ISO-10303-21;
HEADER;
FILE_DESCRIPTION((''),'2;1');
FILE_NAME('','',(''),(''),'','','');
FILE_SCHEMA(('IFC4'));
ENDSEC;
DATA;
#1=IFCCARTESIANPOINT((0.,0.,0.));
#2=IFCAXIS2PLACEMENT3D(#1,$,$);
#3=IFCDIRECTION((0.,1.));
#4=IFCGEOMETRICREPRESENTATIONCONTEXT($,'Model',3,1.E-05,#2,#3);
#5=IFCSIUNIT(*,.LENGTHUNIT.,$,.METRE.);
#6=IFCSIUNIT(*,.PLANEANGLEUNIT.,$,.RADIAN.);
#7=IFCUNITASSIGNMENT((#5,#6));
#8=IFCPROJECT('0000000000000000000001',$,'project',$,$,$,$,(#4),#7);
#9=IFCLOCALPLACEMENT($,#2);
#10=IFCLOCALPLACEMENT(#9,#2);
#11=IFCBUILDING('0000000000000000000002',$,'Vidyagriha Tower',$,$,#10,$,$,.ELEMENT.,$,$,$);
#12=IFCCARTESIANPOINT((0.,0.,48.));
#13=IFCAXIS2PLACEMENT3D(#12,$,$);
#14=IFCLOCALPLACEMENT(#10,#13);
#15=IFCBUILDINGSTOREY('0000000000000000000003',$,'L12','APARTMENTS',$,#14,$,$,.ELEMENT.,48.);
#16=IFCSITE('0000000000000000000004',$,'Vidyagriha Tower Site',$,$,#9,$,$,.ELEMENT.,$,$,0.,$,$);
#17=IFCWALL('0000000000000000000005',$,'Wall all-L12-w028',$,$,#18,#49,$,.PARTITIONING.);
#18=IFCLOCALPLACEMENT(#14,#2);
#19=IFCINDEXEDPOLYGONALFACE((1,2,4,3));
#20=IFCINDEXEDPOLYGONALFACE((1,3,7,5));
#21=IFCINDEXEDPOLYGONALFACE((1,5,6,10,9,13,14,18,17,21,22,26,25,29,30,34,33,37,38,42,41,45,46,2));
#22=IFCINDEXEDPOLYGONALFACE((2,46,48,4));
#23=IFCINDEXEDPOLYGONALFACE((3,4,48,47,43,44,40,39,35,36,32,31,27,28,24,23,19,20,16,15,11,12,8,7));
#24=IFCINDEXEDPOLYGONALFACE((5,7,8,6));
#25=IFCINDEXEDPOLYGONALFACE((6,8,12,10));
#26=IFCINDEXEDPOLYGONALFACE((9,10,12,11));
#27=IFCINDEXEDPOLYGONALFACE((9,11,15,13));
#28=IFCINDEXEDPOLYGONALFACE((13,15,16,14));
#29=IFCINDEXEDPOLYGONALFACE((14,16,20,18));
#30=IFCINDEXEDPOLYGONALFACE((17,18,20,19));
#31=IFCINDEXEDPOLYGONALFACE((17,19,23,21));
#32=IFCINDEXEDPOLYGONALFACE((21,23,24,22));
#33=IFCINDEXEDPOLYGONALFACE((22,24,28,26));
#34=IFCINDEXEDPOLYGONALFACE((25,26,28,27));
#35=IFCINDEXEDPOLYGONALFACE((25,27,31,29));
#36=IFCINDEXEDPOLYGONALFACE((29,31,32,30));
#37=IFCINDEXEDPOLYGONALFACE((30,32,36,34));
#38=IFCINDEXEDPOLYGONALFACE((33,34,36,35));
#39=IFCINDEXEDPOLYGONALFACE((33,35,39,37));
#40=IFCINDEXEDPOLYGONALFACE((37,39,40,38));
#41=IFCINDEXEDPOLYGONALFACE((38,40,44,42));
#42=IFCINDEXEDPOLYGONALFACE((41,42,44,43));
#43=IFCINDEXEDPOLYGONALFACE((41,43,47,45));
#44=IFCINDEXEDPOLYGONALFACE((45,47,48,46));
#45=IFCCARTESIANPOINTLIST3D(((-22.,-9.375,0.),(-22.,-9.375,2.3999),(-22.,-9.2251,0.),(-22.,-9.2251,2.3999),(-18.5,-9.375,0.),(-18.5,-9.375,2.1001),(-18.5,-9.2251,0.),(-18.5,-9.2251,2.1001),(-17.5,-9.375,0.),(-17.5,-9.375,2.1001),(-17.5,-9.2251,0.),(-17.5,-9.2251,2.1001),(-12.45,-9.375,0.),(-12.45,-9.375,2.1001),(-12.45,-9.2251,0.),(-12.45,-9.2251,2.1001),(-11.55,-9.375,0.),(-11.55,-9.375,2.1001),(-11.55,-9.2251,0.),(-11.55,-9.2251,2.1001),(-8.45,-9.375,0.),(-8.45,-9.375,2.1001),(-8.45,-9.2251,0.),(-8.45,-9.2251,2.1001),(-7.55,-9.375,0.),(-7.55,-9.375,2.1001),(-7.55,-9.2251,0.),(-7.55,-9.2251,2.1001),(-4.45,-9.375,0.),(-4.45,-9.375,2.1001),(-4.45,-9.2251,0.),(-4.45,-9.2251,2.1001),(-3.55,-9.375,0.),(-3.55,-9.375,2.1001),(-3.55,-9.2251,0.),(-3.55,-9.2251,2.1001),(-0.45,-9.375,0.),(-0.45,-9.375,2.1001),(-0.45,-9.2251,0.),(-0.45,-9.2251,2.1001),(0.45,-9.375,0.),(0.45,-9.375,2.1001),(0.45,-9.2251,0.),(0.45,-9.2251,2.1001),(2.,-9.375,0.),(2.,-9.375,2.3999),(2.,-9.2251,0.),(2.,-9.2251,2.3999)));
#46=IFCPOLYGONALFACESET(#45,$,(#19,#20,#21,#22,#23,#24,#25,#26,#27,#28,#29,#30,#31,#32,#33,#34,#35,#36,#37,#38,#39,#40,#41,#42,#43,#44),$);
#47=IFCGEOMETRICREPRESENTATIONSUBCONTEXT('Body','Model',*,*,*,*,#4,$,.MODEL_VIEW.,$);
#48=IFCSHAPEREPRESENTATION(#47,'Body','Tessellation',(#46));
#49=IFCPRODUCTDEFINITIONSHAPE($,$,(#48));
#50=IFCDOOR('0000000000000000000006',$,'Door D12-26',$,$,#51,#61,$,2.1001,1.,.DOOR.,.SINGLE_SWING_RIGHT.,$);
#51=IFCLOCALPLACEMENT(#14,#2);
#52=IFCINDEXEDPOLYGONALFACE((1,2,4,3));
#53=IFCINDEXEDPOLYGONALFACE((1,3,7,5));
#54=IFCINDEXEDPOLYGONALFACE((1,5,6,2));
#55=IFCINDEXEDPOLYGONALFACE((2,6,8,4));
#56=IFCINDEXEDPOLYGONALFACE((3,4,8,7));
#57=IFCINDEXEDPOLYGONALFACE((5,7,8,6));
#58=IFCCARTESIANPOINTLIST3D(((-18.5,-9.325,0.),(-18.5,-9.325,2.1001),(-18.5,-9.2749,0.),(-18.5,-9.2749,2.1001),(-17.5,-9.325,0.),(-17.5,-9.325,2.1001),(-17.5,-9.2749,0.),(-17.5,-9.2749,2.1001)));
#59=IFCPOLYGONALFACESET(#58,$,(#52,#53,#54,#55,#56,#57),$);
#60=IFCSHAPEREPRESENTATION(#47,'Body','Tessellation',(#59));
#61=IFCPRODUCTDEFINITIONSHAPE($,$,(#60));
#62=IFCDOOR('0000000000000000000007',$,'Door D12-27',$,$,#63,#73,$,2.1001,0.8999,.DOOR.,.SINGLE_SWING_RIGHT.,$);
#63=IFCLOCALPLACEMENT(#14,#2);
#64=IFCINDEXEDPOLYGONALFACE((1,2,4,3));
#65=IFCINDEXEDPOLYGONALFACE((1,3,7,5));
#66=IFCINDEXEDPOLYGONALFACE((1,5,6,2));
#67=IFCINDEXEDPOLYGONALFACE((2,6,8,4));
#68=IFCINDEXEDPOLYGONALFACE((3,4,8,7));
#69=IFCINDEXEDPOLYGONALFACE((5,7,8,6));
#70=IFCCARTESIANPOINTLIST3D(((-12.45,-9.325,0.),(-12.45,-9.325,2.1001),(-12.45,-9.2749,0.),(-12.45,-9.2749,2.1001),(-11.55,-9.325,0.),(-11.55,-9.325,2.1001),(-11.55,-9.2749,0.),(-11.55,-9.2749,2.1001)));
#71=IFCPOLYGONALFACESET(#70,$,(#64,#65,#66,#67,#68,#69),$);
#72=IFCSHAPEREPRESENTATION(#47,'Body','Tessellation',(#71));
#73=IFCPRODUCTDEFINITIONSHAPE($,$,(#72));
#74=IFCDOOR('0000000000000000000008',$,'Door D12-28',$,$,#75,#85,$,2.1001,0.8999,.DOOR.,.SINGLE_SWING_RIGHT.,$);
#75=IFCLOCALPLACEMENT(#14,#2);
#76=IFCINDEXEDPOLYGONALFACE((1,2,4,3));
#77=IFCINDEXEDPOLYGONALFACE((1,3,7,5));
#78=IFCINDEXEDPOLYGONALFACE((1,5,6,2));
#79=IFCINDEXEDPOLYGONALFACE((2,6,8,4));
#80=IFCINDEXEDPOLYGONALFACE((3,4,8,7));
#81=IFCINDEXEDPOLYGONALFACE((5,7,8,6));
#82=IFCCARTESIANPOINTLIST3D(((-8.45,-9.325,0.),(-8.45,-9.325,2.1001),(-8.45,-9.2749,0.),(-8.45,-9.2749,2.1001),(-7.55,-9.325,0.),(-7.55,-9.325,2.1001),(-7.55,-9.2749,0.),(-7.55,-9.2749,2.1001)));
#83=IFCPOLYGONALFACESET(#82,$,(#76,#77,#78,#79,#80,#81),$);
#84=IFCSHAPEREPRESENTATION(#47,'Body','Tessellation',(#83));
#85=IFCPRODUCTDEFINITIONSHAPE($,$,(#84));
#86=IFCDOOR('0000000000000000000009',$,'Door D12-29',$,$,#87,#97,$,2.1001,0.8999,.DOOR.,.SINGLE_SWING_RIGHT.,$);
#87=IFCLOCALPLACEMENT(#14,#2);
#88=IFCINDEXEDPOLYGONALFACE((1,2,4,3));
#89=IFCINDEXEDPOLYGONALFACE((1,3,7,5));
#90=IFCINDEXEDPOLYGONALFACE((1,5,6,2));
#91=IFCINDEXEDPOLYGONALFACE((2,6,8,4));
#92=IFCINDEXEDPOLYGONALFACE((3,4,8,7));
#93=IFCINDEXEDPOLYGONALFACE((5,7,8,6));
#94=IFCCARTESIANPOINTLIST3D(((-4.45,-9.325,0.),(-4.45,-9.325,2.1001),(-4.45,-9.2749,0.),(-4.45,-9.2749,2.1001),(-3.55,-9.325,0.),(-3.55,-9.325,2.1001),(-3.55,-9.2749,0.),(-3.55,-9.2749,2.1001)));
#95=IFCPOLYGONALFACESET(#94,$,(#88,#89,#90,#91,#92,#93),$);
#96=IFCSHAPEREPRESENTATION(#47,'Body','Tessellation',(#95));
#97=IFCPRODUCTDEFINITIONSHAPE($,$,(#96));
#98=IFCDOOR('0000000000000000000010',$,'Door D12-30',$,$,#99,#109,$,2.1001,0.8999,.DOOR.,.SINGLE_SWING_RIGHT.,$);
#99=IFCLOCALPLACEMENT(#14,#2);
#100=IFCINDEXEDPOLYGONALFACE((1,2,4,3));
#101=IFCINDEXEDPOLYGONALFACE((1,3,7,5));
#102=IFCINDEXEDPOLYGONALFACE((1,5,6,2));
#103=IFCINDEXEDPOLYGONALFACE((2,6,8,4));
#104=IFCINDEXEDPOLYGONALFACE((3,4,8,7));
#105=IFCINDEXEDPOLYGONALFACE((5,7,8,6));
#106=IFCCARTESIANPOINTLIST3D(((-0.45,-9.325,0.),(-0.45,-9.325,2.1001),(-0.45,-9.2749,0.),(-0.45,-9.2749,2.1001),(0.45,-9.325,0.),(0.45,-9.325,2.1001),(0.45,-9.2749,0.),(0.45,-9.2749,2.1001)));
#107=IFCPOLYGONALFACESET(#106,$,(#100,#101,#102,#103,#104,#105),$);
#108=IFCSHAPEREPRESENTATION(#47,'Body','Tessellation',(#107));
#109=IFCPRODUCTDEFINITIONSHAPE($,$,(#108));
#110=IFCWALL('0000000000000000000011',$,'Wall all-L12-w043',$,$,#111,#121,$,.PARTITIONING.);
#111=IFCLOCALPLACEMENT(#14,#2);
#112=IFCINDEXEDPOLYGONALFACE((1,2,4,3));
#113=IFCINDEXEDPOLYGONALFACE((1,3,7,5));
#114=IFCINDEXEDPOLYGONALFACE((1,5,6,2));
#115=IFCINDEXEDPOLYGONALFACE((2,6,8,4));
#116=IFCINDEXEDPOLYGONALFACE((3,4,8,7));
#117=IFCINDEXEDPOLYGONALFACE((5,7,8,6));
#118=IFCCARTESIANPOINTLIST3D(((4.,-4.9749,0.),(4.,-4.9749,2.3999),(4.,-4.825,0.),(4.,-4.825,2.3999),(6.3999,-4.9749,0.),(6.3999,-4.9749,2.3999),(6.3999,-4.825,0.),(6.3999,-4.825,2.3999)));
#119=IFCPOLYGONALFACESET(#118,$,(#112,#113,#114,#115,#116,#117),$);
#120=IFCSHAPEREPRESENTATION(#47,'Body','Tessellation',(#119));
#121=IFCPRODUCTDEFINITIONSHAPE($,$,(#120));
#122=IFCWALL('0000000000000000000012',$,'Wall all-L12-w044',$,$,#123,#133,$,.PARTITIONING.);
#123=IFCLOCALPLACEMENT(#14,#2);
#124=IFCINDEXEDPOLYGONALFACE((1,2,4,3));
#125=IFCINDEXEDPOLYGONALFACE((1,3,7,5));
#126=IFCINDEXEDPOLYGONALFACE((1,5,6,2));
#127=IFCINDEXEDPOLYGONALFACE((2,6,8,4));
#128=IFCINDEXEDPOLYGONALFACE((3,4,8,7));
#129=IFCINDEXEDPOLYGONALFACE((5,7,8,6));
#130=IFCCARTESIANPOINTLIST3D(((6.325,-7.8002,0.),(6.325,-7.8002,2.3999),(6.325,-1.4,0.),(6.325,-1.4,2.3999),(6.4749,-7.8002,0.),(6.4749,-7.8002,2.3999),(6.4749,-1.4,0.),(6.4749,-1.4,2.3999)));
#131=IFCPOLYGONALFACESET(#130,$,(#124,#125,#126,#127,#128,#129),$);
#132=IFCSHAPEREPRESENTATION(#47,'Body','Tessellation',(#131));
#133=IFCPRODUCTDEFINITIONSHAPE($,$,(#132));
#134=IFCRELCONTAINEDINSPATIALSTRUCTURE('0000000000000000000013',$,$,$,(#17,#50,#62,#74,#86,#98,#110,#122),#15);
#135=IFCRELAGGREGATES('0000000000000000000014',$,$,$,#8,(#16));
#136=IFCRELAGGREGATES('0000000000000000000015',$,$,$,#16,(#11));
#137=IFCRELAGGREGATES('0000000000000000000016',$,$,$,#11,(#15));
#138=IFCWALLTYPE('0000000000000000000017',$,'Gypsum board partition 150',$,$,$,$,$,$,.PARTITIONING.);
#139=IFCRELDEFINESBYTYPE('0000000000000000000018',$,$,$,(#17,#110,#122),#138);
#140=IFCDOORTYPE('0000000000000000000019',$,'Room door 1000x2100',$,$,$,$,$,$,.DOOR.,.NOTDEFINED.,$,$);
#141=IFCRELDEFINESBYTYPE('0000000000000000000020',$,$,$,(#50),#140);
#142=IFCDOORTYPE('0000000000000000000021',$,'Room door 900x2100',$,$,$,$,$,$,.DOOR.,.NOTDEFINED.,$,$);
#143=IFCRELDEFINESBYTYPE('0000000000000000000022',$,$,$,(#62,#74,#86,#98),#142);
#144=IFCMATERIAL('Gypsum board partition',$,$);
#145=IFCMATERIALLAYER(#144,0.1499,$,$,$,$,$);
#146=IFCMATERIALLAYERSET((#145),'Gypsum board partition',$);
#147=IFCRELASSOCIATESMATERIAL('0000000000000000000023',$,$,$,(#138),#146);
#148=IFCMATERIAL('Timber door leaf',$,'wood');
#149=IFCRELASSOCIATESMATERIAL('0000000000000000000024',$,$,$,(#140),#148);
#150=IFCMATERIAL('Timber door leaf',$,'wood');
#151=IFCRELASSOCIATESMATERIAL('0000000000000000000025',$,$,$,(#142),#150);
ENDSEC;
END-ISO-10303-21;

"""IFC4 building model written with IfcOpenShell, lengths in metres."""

from ifc_helpers import new_model, si_unit, direction, frame, frame_2d, origin, place, context, subcontext, project, spatial, rectangle, extrude, material, layer, layer_set, type_object, element, fill, save


model = new_model("IFC4")

# Units and contexts
model_context = context("Model", 3, precision=1e-05, world=origin(), true_north=direction((0.0, 1.0)))
body_context = subcontext(model_context, "Body", "Model", "MODEL_VIEW")
ifc_project = project(units=[si_unit("LENGTHUNIT", "METRE"), si_unit("PLANEANGLEUNIT", "RADIAN")], contexts=[model_context])

# Site, building, storey
site_placement = place(None, origin())
site = spatial("IfcSite", under=ifc_project, at=site_placement, Name="Vidyagriha Tower Site", CompositionType="ELEMENT", RefElevation=0.0)
building_placement = place(site_placement, origin())
building = spatial("IfcBuilding", under=site, at=building_placement, Name="Vidyagriha Tower", CompositionType="ELEMENT")
storey_placement = place(building_placement, frame((0.0, 0.0, 48.0)))
storey = spatial("IfcBuildingStorey", under=building, at=storey_placement, Name="L12", Description="APARTMENTS", CompositionType="ELEMENT", Elevation=48.0)

# Shared definitions
ifc_material_1 = material(Name="Gypsum board partition")
ifc_layer_1 = layer(ifc_material_1, 0.1499)
ifc_layer_set_1 = layer_set([ifc_layer_1], Name="Gypsum board partition")
wall_type_1 = type_object("IfcWallType", Name="Gypsum board partition 150", PredefinedType="PARTITIONING", material=ifc_layer_set_1)

# Wall, openings, doors
wall_1_placement = place(storey_placement, frame((2.0, -9.3, 0.0), z_axis=(0.0, 0.0, 1.0), x_axis=(-1.0, 0.0, 0.0)))
wall_1 = element("IfcWall", 1, at=wall_1_placement, inside=storey, type_object=wall_type_1, Name="Wall all-L12-w028", PredefinedType="PARTITIONING", context=body_context, shape_type="SweptSolid", body=[
    extrude(rectangle(XDim=24.0, YDim=0.1499, at=frame_2d((12.0, 0.0))), origin(), (0.0, 0.0, 1.0), 2.3999),
])
opening_1_placement = place(wall_1_placement, frame((19.5, 0.0, 0.0)))
opening_1 = element("IfcOpeningElement", 2, at=opening_1_placement, cuts=wall_1, PredefinedType="OPENING", context=body_context, shape_type="SweptSolid", body=[
    extrude(rectangle(XDim=1.0, YDim=2.1001, at=frame_2d((0.5, 1.05))), frame((0.0, 0.085, 0.0), z_axis=(0.0, -1.0, 0.0), x_axis=(1.0, 0.0, 0.0)), (0.0, 0.0, 1.0), 0.1699),
])
opening_2_placement = place(wall_1_placement, frame((13.55, 0.0, 0.0)))
opening_2 = element("IfcOpeningElement", 3, at=opening_2_placement, cuts=wall_1, PredefinedType="OPENING", context=body_context, shape_type="SweptSolid", body=[
    extrude(rectangle(XDim=0.8999, YDim=2.1001, at=frame_2d((0.45, 1.05))), frame((0.0, 0.085, 0.0), z_axis=(0.0, -1.0, 0.0), x_axis=(1.0, 0.0, 0.0)), (0.0, 0.0, 1.0), 0.1699),
])
opening_3_placement = place(wall_1_placement, frame((9.55, 0.0, 0.0)))
opening_3 = element("IfcOpeningElement", 4, at=opening_3_placement, cuts=wall_1, PredefinedType="OPENING", context=body_context, shape_type="SweptSolid", body=[
    extrude(rectangle(XDim=0.8999, YDim=2.1001, at=frame_2d((0.45, 1.05))), frame((0.0, 0.085, 0.0), z_axis=(0.0, -1.0, 0.0), x_axis=(1.0, 0.0, 0.0)), (0.0, 0.0, 1.0), 0.1699),
])
opening_4_placement = place(wall_1_placement, frame((5.55, 0.0, 0.0)))
opening_4 = element("IfcOpeningElement", 5, at=opening_4_placement, cuts=wall_1, PredefinedType="OPENING", context=body_context, shape_type="SweptSolid", body=[
    extrude(rectangle(XDim=0.8999, YDim=2.1001, at=frame_2d((0.45, 1.05))), frame((0.0, 0.085, 0.0), z_axis=(0.0, -1.0, 0.0), x_axis=(1.0, 0.0, 0.0)), (0.0, 0.0, 1.0), 0.1699),
])
opening_5_placement = place(wall_1_placement, frame((1.55, 0.0, 0.0)))
opening_5 = element("IfcOpeningElement", 6, at=opening_5_placement, cuts=wall_1, PredefinedType="OPENING", context=body_context, shape_type="SweptSolid", body=[
    extrude(rectangle(XDim=0.8999, YDim=2.1001, at=frame_2d((0.45, 1.05))), frame((0.0, 0.085, 0.0), z_axis=(0.0, -1.0, 0.0), x_axis=(1.0, 0.0, 0.0)), (0.0, 0.0, 1.0), 0.1699),
])
ifc_material_2 = material(Name="Timber door leaf", Category="wood")
door_type_1 = type_object("IfcDoorType", Name="Room door 1000x2100", OperationType="NOTDEFINED", PredefinedType="DOOR", material=ifc_material_2)
door_1_placement = place(opening_1_placement, origin())
door_1 = element("IfcDoor", 7, at=door_1_placement, inside=storey, type_object=door_type_1, Name="Door D12-26", OperationType="SINGLE_SWING_RIGHT", OverallHeight=2.1001, OverallWidth=1.0, PredefinedType="DOOR", context=body_context, shape_type="SweptSolid", body=[
    extrude(rectangle(XDim=1.0, YDim=2.1001, at=frame_2d((0.5, 1.05))), frame((0.0, 0.0249, 0.0), z_axis=(0.0, -1.0, 0.0), x_axis=(1.0, 0.0, 0.0)), (0.0, 0.0, 1.0), 0.05),
])
fill(opening_1, door_1)
ifc_material_3 = material(Name="Timber door leaf", Category="wood")
door_type_2 = type_object("IfcDoorType", Name="Room door 900x2100", OperationType="NOTDEFINED", PredefinedType="DOOR", material=ifc_material_3)
door_2_placement = place(opening_2_placement, origin())
door_2 = element("IfcDoor", 8, at=door_2_placement, inside=storey, type_object=door_type_2, Name="Door D12-27", OperationType="SINGLE_SWING_RIGHT", OverallHeight=2.1001, OverallWidth=0.8999, PredefinedType="DOOR", context=body_context, shape_type="SweptSolid", body=[
    extrude(rectangle(XDim=0.8999, YDim=2.1001, at=frame_2d((0.45, 1.05))), frame((0.0, 0.0249, 0.0), z_axis=(0.0, -1.0, 0.0), x_axis=(1.0, 0.0, 0.0)), (0.0, 0.0, 1.0), 0.05),
])
fill(opening_2, door_2)
door_3_placement = place(opening_3_placement, origin())
door_3 = element("IfcDoor", 9, at=door_3_placement, inside=storey, type_object=door_type_2, Name="Door D12-28", OperationType="SINGLE_SWING_RIGHT", OverallHeight=2.1001, OverallWidth=0.8999, PredefinedType="DOOR", context=body_context, shape_type="SweptSolid", body=[
    extrude(rectangle(XDim=0.8999, YDim=2.1001, at=frame_2d((0.45, 1.05))), frame((0.0, 0.0249, 0.0), z_axis=(0.0, -1.0, 0.0), x_axis=(1.0, 0.0, 0.0)), (0.0, 0.0, 1.0), 0.05),
])
fill(opening_3, door_3)
door_4_placement = place(opening_4_placement, origin())
door_4 = element("IfcDoor", 10, at=door_4_placement, inside=storey, type_object=door_type_2, Name="Door D12-29", OperationType="SINGLE_SWING_RIGHT", OverallHeight=2.1001, OverallWidth=0.8999, PredefinedType="DOOR", context=body_context, shape_type="SweptSolid", body=[
    extrude(rectangle(XDim=0.8999, YDim=2.1001, at=frame_2d((0.45, 1.05))), frame((0.0, 0.0249, 0.0), z_axis=(0.0, -1.0, 0.0), x_axis=(1.0, 0.0, 0.0)), (0.0, 0.0, 1.0), 0.05),
])
fill(opening_4, door_4)
door_5_placement = place(opening_5_placement, origin())
door_5 = element("IfcDoor", 11, at=door_5_placement, inside=storey, type_object=door_type_2, Name="Door D12-30", OperationType="SINGLE_SWING_RIGHT", OverallHeight=2.1001, OverallWidth=0.8999, PredefinedType="DOOR", context=body_context, shape_type="SweptSolid", body=[
    extrude(rectangle(XDim=0.8999, YDim=2.1001, at=frame_2d((0.45, 1.05))), frame((0.0, 0.0249, 0.0), z_axis=(0.0, -1.0, 0.0), x_axis=(1.0, 0.0, 0.0)), (0.0, 0.0, 1.0), 0.05),
])
fill(opening_5, door_5)

# Walls
wall_2_placement = place(storey_placement, frame((6.3999, -4.8999, 0.0), z_axis=(0.0, 0.0, 1.0), x_axis=(-1.0, 0.0, 0.0)))
element("IfcWall", 12, at=wall_2_placement, inside=storey, type_object=wall_type_1, Name="Wall all-L12-w043", PredefinedType="PARTITIONING", context=body_context, shape_type="SweptSolid", body=[
    extrude(rectangle(XDim=2.3999, YDim=0.1499, at=frame_2d((1.2, 0.0))), origin(), (0.0, 0.0, 1.0), 2.3999),
])
wall_3_placement = place(storey_placement, frame((6.3999, -1.3999, 0.0), z_axis=(0.0, 0.0, 1.0), x_axis=(0.0, -1.0, 0.0)))
element("IfcWall", 13, at=wall_3_placement, inside=storey, type_object=wall_type_1, Name="Wall all-L12-w044", PredefinedType="PARTITIONING", context=body_context, shape_type="SweptSolid", body=[
    extrude(rectangle(XDim=6.4001, YDim=0.1499, at=frame_2d((3.2002, 0.0))), origin(), (0.0, 0.0, 1.0), 2.3999),
])

save(model, "model.ifc")
